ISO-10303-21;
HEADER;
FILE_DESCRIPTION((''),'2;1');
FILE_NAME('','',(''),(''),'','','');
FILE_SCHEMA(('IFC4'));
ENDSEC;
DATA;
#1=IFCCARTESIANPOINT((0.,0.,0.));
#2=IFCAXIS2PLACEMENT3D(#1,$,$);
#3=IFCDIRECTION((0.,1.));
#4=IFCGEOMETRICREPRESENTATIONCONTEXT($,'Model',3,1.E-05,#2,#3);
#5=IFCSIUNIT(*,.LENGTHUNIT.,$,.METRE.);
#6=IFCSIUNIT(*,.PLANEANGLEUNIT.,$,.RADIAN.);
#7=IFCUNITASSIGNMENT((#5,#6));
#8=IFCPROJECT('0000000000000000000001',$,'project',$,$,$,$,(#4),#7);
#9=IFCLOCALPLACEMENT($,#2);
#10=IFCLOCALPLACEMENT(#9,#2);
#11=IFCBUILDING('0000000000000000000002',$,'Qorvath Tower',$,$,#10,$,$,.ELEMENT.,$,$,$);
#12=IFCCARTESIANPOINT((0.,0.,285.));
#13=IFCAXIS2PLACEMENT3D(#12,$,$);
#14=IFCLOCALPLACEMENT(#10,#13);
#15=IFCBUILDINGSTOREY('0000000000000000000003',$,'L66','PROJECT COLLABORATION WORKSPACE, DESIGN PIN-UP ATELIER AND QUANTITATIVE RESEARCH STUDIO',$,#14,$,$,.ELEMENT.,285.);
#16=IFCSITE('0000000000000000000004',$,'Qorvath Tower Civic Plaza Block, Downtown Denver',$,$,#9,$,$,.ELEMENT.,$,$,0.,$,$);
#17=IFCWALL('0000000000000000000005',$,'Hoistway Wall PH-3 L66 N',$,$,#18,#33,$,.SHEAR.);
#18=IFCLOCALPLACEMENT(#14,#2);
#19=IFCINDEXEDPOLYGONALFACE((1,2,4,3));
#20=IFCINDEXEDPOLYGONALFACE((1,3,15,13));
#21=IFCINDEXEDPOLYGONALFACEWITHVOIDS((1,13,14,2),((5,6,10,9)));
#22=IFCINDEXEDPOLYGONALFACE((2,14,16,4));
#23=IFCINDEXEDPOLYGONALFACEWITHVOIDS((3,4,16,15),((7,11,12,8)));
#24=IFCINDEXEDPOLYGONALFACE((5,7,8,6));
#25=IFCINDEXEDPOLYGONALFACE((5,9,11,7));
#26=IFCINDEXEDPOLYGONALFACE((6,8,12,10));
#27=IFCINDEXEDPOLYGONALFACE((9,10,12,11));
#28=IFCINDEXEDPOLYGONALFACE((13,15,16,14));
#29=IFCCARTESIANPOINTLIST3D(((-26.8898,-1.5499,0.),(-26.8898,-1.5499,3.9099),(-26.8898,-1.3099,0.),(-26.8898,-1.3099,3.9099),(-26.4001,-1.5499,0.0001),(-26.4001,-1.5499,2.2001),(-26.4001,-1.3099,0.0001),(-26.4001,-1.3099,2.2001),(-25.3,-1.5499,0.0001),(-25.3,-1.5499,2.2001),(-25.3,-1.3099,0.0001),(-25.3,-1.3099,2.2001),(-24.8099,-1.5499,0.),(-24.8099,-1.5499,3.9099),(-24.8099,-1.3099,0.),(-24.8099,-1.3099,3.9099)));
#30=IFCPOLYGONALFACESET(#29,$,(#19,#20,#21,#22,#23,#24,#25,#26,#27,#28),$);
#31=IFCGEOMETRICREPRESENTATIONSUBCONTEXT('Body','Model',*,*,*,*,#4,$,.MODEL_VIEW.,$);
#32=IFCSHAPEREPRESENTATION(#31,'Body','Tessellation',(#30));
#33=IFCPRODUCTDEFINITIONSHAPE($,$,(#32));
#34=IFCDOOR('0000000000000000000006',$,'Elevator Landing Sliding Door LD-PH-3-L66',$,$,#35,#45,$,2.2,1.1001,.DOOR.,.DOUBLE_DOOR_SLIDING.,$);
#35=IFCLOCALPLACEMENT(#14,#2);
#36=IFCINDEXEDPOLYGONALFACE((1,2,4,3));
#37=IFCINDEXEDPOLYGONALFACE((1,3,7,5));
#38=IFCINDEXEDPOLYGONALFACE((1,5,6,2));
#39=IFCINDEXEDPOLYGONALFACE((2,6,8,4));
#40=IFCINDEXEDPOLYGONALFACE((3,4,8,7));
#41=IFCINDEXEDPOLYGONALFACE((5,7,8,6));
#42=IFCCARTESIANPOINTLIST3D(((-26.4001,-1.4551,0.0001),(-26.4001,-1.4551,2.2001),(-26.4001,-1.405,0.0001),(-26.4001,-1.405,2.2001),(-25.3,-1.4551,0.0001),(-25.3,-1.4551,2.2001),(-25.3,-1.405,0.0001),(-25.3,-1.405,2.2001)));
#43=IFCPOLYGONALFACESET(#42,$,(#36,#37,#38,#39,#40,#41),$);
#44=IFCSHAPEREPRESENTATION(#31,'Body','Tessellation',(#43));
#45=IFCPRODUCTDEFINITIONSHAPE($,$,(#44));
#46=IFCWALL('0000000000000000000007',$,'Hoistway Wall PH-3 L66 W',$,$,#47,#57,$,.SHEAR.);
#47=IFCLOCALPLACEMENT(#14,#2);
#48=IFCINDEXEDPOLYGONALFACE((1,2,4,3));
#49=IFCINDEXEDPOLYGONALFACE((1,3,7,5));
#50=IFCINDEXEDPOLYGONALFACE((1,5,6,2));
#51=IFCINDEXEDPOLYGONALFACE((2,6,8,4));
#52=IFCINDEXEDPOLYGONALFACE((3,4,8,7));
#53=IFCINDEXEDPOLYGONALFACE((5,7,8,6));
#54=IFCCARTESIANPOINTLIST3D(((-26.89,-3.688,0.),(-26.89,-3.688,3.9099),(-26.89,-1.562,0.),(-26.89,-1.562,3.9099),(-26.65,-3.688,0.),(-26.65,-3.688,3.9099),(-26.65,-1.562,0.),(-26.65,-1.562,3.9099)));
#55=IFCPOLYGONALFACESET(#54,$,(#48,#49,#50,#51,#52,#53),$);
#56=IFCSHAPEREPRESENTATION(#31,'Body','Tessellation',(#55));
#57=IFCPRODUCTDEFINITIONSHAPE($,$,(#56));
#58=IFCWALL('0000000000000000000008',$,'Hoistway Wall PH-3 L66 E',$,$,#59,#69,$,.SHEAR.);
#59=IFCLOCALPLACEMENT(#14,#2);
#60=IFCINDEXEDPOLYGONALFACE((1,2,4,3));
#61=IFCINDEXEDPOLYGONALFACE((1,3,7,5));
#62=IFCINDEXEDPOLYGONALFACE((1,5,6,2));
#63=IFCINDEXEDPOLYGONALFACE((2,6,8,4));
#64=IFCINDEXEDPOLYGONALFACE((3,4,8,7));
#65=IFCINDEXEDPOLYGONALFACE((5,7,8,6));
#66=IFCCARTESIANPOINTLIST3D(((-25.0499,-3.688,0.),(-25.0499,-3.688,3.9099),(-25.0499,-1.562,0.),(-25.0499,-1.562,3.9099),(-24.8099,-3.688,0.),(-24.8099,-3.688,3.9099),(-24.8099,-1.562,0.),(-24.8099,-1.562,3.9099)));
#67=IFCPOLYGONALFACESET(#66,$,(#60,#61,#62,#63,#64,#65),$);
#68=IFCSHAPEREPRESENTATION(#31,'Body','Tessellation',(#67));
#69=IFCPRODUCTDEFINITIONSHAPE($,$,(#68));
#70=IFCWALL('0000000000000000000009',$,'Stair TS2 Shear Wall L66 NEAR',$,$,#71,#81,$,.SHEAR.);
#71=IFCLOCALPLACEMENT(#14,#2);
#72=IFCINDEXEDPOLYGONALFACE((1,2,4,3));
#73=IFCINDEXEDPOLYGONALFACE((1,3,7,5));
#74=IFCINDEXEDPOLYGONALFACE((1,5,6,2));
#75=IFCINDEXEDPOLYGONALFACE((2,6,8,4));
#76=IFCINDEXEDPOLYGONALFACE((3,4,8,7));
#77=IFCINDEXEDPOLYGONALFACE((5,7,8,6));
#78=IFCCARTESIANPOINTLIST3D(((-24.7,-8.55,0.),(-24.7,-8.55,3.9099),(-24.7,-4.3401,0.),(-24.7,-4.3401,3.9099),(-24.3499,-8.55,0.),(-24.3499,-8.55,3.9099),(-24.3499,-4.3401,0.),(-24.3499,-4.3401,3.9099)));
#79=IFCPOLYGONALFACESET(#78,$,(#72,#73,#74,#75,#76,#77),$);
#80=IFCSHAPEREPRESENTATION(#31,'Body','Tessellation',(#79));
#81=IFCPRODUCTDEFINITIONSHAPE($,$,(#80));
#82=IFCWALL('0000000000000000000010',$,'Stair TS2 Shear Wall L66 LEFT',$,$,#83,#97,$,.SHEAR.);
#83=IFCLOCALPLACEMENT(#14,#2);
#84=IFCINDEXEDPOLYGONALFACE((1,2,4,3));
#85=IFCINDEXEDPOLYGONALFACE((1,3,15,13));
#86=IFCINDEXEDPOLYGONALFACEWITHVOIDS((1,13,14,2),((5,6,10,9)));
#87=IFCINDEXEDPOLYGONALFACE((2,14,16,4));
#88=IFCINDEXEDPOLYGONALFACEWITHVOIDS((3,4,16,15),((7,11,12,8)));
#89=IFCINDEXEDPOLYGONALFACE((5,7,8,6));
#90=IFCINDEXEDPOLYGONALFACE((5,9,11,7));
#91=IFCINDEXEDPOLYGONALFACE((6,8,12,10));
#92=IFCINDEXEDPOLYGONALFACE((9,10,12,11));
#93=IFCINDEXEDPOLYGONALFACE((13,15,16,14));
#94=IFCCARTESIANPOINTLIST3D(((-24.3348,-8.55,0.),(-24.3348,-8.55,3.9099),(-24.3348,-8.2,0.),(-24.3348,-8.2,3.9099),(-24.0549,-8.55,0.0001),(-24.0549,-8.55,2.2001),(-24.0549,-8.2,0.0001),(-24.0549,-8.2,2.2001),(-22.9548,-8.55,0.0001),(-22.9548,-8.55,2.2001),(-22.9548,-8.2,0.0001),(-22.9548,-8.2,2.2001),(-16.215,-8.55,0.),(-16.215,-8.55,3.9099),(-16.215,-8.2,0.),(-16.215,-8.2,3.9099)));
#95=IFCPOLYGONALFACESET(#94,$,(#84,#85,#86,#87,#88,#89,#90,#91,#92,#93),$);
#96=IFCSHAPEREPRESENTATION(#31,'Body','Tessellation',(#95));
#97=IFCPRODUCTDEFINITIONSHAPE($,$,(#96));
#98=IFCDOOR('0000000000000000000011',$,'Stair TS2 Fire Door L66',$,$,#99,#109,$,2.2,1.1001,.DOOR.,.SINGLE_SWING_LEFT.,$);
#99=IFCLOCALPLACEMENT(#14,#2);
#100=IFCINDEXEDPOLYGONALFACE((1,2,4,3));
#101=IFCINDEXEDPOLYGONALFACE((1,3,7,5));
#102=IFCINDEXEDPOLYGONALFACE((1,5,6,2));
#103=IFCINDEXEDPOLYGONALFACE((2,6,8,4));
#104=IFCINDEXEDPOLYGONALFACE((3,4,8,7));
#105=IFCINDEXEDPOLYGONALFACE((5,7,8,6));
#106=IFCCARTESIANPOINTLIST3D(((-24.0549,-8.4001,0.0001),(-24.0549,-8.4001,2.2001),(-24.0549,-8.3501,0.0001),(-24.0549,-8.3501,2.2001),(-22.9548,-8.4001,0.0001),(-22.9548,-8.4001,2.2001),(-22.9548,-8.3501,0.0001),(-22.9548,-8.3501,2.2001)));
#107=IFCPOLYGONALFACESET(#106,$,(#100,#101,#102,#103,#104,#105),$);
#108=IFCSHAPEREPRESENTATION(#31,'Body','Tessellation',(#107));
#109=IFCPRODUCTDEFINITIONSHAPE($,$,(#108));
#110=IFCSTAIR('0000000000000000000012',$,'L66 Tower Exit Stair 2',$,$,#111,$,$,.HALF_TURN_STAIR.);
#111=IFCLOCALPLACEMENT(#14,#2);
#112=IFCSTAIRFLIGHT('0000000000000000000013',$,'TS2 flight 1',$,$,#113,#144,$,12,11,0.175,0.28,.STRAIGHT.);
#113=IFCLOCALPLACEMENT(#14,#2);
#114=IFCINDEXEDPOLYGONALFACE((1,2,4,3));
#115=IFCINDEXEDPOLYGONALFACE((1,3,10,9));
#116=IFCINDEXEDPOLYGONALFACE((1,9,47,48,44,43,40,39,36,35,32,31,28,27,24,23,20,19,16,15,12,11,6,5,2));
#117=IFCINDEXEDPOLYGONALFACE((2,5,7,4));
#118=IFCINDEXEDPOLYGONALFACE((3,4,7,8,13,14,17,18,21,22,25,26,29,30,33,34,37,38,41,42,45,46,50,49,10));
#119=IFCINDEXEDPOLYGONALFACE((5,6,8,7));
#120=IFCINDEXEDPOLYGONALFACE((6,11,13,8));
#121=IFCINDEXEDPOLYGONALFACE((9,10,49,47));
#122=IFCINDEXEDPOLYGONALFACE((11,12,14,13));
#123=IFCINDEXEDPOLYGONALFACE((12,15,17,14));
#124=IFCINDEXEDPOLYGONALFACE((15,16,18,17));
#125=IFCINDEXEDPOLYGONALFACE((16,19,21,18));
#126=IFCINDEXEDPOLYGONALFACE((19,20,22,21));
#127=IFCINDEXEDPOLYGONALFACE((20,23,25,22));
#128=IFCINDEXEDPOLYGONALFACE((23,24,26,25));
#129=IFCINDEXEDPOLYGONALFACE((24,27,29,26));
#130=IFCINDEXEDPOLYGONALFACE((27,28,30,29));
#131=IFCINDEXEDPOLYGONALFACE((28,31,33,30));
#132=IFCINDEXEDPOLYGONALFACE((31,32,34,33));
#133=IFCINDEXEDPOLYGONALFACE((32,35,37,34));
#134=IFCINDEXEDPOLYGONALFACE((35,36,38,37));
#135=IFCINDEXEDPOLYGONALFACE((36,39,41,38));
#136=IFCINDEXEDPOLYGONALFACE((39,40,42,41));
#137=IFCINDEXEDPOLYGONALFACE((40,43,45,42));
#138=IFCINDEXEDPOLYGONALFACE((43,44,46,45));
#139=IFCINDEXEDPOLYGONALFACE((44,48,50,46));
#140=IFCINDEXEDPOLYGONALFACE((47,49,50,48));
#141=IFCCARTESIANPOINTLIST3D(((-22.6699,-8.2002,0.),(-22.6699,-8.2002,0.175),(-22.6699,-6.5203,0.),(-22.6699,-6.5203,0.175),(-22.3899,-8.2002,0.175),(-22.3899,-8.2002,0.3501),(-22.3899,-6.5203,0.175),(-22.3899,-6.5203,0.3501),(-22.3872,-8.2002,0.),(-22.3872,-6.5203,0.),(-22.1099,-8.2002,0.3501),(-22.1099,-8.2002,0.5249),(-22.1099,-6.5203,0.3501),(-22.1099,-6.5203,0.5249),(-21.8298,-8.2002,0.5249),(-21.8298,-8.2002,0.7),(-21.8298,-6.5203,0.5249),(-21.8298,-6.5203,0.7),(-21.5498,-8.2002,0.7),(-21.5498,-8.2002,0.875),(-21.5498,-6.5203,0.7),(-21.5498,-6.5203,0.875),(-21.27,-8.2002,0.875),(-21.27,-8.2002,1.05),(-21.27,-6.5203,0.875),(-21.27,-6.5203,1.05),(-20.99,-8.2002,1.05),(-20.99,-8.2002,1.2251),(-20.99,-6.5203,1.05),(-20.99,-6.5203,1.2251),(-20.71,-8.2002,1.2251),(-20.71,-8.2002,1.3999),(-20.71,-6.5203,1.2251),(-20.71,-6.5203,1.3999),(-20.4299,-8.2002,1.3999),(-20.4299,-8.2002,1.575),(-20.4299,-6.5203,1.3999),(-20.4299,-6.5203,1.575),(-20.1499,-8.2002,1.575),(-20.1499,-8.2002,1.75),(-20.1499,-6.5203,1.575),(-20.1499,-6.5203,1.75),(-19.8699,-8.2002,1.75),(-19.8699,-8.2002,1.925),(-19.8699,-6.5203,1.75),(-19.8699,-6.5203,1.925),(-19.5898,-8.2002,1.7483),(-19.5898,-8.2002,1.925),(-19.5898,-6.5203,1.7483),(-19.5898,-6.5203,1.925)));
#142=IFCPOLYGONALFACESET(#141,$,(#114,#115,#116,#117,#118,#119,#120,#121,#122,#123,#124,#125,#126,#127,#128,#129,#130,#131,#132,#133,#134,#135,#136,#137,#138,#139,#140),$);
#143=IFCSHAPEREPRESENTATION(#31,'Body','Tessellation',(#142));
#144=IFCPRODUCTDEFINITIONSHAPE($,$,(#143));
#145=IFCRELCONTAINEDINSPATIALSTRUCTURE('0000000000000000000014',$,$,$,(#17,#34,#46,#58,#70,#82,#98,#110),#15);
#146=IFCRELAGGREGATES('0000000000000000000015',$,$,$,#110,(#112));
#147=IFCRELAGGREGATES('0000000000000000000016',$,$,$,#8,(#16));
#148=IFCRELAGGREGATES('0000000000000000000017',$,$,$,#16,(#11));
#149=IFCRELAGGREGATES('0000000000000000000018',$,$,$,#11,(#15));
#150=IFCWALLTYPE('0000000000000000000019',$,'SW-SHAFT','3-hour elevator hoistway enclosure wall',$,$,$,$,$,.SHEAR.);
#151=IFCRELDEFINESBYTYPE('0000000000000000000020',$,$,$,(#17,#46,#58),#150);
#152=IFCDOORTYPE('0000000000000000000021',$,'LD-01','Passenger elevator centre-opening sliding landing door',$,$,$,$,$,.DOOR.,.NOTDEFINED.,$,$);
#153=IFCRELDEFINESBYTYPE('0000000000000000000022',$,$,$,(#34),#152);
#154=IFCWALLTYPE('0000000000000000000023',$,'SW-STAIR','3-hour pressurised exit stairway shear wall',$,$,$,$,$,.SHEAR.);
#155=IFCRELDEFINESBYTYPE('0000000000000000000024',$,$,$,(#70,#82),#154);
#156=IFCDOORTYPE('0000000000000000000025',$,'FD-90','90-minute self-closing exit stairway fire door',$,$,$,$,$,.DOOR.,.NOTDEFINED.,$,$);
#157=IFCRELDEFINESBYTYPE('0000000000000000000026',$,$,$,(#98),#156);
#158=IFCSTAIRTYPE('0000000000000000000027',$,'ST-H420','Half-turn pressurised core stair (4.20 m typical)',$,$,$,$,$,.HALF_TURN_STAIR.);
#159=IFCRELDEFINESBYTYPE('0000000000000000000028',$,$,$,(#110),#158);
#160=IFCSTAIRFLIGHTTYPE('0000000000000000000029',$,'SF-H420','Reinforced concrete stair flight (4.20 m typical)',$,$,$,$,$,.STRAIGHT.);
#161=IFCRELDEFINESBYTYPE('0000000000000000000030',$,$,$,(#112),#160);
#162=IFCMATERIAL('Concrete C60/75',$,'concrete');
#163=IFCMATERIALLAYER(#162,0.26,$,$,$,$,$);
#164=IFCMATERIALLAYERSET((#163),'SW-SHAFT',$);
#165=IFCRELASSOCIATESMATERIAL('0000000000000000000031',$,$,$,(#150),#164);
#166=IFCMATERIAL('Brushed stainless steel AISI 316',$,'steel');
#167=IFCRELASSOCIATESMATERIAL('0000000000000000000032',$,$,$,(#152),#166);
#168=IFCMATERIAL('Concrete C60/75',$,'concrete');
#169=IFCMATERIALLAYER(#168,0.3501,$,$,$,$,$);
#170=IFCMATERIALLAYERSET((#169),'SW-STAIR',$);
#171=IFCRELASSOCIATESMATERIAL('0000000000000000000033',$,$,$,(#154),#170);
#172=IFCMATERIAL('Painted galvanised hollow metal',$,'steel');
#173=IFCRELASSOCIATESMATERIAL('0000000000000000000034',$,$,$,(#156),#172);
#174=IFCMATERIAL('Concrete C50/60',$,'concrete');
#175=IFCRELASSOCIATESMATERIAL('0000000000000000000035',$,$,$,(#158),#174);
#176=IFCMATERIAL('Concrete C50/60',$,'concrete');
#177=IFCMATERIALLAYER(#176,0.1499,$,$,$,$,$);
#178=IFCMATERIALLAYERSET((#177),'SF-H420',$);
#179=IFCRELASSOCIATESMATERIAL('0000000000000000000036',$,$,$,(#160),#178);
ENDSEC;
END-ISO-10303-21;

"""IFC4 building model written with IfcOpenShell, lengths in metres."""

from ifc_helpers import new_model, si_unit, direction, frame, frame_2d, origin, place, context, subcontext, project, spatial, polyline, rectangle, outline, extrude, material, layer, layer_set, type_object, element, fill, aggregate, save


model = new_model("IFC4")

# Units and contexts
model_context = context("Model", 3, precision=1e-05, world=origin(), true_north=direction((0.0, 1.0)))
body_context = subcontext(model_context, "Body", "Model", "MODEL_VIEW")
ifc_project = project(units=[si_unit("LENGTHUNIT", "METRE"), si_unit("PLANEANGLEUNIT", "RADIAN")], contexts=[model_context])

# Site, building, storey
site_placement = place(None, origin())
site = spatial("IfcSite", under=ifc_project, at=site_placement, Name="Qorvath Tower Civic Plaza Block, Downtown Denver", CompositionType="ELEMENT", RefElevation=0.0)
building_placement = place(site_placement, origin())
building = spatial("IfcBuilding", under=site, at=building_placement, Name="Qorvath Tower", CompositionType="ELEMENT")
storey_placement = place(building_placement, frame((0.0, 0.0, 285.0)))
storey = spatial("IfcBuildingStorey", under=building, at=storey_placement, Name="L66", Description="PROJECT COLLABORATION WORKSPACE, DESIGN PIN-UP ATELIER AND QUANTITATIVE RESEARCH STUDIO", CompositionType="ELEMENT", Elevation=285.0)

# Shared definitions
ifc_material_1 = material(Name="Concrete C60/75", Category="concrete")
ifc_layer_1 = layer(ifc_material_1, 0.26)
ifc_layer_set_1 = layer_set([ifc_layer_1], Name="SW-SHAFT")
wall_type_1 = type_object("IfcWallType", Name="SW-SHAFT", Description="3-hour elevator hoistway enclosure wall", PredefinedType="SHEAR", material=ifc_layer_set_1)

# Wall, opening, door
wall_1_placement = place(storey_placement, frame((-26.8899, -1.4299, 0.0), z_axis=(0.0, 0.0, 1.0), x_axis=(1.0, 0.0, 0.0)))
wall_1 = element("IfcWall", 1, at=wall_1_placement, inside=storey, type_object=wall_type_1, Name="Hoistway Wall PH-3 L66 N", PredefinedType="SHEAR", context=body_context, shape_type="SweptSolid", body=[
    extrude(rectangle(XDim=2.0798, YDim=0.24, at=frame_2d((1.04, 0.0))), origin(), (0.0, 0.0, 1.0), 3.9099),
])
opening_1_placement = place(wall_1_placement, frame((0.4897, 0.0, 0.0)))
opening_1 = element("IfcOpeningElement", 2, at=opening_1_placement, cuts=wall_1, PredefinedType="OPENING", context=body_context, shape_type="SweptSolid", body=[
    extrude(rectangle(XDim=1.1001, YDim=2.2, at=frame_2d((0.55, 1.1001))), frame((0.0, 0.1299, 0.0), z_axis=(0.0, -1.0, 0.0), x_axis=(1.0, 0.0, 0.0)), (0.0, 0.0, 1.0), 0.26),
])
ifc_material_2 = material(Name="Brushed stainless steel AISI 316", Category="steel")
door_type_1 = type_object("IfcDoorType", Name="LD-01", Description="Passenger elevator centre-opening sliding landing door", OperationType="NOTDEFINED", PredefinedType="DOOR", material=ifc_material_2)
door_1_placement = place(opening_1_placement, origin())
door_1 = element("IfcDoor", 3, at=door_1_placement, inside=storey, type_object=door_type_1, Name="Elevator Landing Sliding Door LD-PH-3-L66", OperationType="DOUBLE_DOOR_SLIDING", OverallHeight=2.2, OverallWidth=1.1001, PredefinedType="DOOR", context=body_context, shape_type="SweptSolid", body=[
    extrude(rectangle(XDim=1.1001, YDim=2.2, at=frame_2d((0.55, 1.1001))), frame((0.0, 0.0249, 0.0), z_axis=(0.0, -1.0, 0.0), x_axis=(1.0, 0.0, 0.0)), (0.0, 0.0, 1.0), 0.05),
])
fill(opening_1, door_1)

# Walls
for number, where, z_axis, x_axis, name in (
    (4, (-26.77, -3.688, 0.0), (0.0, 0.0, 1.0), (0.0, 1.0, 0.0), "Hoistway Wall PH-3 L66 W"),
    (5, (-24.9299, -1.562, 0.0), (0.0, 0.0, 1.0), (0.0, -1.0, 0.0), "Hoistway Wall PH-3 L66 E"),
):
    element("IfcWall", number, at=place(storey_placement, frame(where, z_axis=z_axis, x_axis=x_axis)), inside=storey, type_object=wall_type_1, Name=name, PredefinedType="SHEAR", context=body_context, shape_type="SweptSolid", body=[
        extrude(rectangle(XDim=2.126, YDim=0.24, at=frame_2d((1.063, 0.0))), origin(), (0.0, 0.0, 1.0), 3.9099),
    ])
ifc_material_3 = material(Name="Concrete C60/75", Category="concrete")
ifc_layer_2 = layer(ifc_material_3, 0.3501)
ifc_layer_set_2 = layer_set([ifc_layer_2], Name="SW-STAIR")
wall_type_2 = type_object("IfcWallType", Name="SW-STAIR", Description="3-hour pressurised exit stairway shear wall", PredefinedType="SHEAR", material=ifc_layer_set_2)
wall_2_placement = place(storey_placement, frame((-24.5249, -4.3401, 0.0), z_axis=(0.0, 0.0, 1.0), x_axis=(0.0, -1.0, 0.0)))
element("IfcWall", 6, at=wall_2_placement, inside=storey, type_object=wall_type_2, Name="Stair TS2 Shear Wall L66 NEAR", PredefinedType="SHEAR", context=body_context, shape_type="SweptSolid", body=[
    extrude(rectangle(XDim=4.21, YDim=0.3501, at=frame_2d((2.105, 0.0))), origin(), (0.0, 0.0, 1.0), 3.9099),
])

# Wall, opening, door
wall_3_placement = place(storey_placement, frame((-24.335, -8.375, 0.0), z_axis=(0.0, 0.0, 1.0), x_axis=(1.0, 0.0, 0.0)))
wall_3 = element("IfcWall", 7, at=wall_3_placement, inside=storey, type_object=wall_type_2, Name="Stair TS2 Shear Wall L66 LEFT", PredefinedType="SHEAR", context=body_context, shape_type="SweptSolid", body=[
    extrude(rectangle(XDim=8.1199, YDim=0.3501, at=frame_2d((4.0601, 0.0))), origin(), (0.0, 0.0, 1.0), 3.9099),
])
opening_2_placement = place(wall_3_placement, frame((0.28, 0.0, 0.0)))
opening_2 = element("IfcOpeningElement", 8, at=opening_2_placement, cuts=wall_3, PredefinedType="OPENING", context=body_context, shape_type="SweptSolid", body=[
    extrude(rectangle(XDim=1.1001, YDim=2.2, at=frame_2d((0.55, 1.1001))), frame((0.0, 0.1851, 0.0), z_axis=(0.0, -1.0, 0.0), x_axis=(1.0, 0.0, 0.0)), (0.0, 0.0, 1.0), 0.3701),
])
ifc_material_4 = material(Name="Painted galvanised hollow metal", Category="steel")
door_type_2 = type_object("IfcDoorType", Name="FD-90", Description="90-minute self-closing exit stairway fire door", OperationType="NOTDEFINED", PredefinedType="DOOR", material=ifc_material_4)
door_2_placement = place(opening_2_placement, origin())
door_2 = element("IfcDoor", 9, at=door_2_placement, inside=storey, type_object=door_type_2, Name="Stair TS2 Fire Door L66", OperationType="SINGLE_SWING_LEFT", OverallHeight=2.2, OverallWidth=1.1001, PredefinedType="DOOR", context=body_context, shape_type="SweptSolid", body=[
    extrude(rectangle(XDim=1.1001, YDim=2.2, at=frame_2d((0.55, 1.1001))), frame((0.0, 0.0249, 0.0), z_axis=(0.0, -1.0, 0.0), x_axis=(1.0, 0.0, 0.0)), (0.0, 0.0, 1.0), 0.05),
])
fill(opening_2, door_2)

# Stair, stair flight
ifc_material_5 = material(Name="Concrete C50/60", Category="concrete")
stair_type = type_object("IfcStairType", Name="ST-H420", Description="Half-turn pressurised core stair (4.20 m typical)", PredefinedType="HALF_TURN_STAIR", material=ifc_material_5)
stair_placement = place(storey_placement, origin())
stair = element("IfcStair", 10, at=stair_placement, inside=storey, type_object=stair_type, Name="L66 Tower Exit Stair 2", PredefinedType="HALF_TURN_STAIR")
ifc_material_6 = material(Name="Concrete C50/60", Category="concrete")
ifc_layer_3 = layer(ifc_material_6, 0.1499)
ifc_layer_set_3 = layer_set([ifc_layer_3], Name="SF-H420")
stair_flight_type = type_object("IfcStairFlightType", Name="SF-H420", Description="Reinforced concrete stair flight (4.20 m typical)", PredefinedType="STRAIGHT", material=ifc_layer_set_3)
stair_flight_placement = place(storey_placement, frame((-22.6699, -7.3601, 0.0), z_axis=(0.0, 0.0, 1.0), x_axis=(1.0, 0.0, 0.0)))
stair_flight = element("IfcStairFlight", 11, at=stair_flight_placement, type_object=stair_flight_type, Name="TS2 flight 1", NumberOfRisers=12, NumberOfTreads=11, PredefinedType="STRAIGHT", RiserHeight=0.175, TreadLength=0.28, context=body_context, shape_type="SweptSolid", body=[
    extrude(outline(polyline([(0.0, 0.0), (0.0, 0.175), (0.28, 0.175), (0.28, 0.3501), (0.5601, 0.3501), (0.5601, 0.5249), (0.8401, 0.5249), (0.8401, 0.7), (1.1201, 0.7), (1.1201, 0.875), (1.3999, 0.875), (1.3999, 1.05), (1.6799, 1.05), (1.6799, 1.2251), (1.96, 1.2251), (1.96, 1.3999), (2.24, 1.3999), (2.24, 1.575), (2.52, 1.575), (2.52, 1.75), (2.8, 1.75), (2.8, 1.925), (3.0801, 1.925), (3.0801, 2.1001), (3.0801, 1.7483), (0.2827, 0.0), (0.0, 0.0)])), frame((0.0, 0.8398, 0.0), z_axis=(0.0, -1.0, 0.0), x_axis=(1.0, 0.0, 0.0)), (0.0, 0.0, 1.0), 1.6799),
])
aggregate(stair, [stair_flight])

save(model, "model.ifc")
